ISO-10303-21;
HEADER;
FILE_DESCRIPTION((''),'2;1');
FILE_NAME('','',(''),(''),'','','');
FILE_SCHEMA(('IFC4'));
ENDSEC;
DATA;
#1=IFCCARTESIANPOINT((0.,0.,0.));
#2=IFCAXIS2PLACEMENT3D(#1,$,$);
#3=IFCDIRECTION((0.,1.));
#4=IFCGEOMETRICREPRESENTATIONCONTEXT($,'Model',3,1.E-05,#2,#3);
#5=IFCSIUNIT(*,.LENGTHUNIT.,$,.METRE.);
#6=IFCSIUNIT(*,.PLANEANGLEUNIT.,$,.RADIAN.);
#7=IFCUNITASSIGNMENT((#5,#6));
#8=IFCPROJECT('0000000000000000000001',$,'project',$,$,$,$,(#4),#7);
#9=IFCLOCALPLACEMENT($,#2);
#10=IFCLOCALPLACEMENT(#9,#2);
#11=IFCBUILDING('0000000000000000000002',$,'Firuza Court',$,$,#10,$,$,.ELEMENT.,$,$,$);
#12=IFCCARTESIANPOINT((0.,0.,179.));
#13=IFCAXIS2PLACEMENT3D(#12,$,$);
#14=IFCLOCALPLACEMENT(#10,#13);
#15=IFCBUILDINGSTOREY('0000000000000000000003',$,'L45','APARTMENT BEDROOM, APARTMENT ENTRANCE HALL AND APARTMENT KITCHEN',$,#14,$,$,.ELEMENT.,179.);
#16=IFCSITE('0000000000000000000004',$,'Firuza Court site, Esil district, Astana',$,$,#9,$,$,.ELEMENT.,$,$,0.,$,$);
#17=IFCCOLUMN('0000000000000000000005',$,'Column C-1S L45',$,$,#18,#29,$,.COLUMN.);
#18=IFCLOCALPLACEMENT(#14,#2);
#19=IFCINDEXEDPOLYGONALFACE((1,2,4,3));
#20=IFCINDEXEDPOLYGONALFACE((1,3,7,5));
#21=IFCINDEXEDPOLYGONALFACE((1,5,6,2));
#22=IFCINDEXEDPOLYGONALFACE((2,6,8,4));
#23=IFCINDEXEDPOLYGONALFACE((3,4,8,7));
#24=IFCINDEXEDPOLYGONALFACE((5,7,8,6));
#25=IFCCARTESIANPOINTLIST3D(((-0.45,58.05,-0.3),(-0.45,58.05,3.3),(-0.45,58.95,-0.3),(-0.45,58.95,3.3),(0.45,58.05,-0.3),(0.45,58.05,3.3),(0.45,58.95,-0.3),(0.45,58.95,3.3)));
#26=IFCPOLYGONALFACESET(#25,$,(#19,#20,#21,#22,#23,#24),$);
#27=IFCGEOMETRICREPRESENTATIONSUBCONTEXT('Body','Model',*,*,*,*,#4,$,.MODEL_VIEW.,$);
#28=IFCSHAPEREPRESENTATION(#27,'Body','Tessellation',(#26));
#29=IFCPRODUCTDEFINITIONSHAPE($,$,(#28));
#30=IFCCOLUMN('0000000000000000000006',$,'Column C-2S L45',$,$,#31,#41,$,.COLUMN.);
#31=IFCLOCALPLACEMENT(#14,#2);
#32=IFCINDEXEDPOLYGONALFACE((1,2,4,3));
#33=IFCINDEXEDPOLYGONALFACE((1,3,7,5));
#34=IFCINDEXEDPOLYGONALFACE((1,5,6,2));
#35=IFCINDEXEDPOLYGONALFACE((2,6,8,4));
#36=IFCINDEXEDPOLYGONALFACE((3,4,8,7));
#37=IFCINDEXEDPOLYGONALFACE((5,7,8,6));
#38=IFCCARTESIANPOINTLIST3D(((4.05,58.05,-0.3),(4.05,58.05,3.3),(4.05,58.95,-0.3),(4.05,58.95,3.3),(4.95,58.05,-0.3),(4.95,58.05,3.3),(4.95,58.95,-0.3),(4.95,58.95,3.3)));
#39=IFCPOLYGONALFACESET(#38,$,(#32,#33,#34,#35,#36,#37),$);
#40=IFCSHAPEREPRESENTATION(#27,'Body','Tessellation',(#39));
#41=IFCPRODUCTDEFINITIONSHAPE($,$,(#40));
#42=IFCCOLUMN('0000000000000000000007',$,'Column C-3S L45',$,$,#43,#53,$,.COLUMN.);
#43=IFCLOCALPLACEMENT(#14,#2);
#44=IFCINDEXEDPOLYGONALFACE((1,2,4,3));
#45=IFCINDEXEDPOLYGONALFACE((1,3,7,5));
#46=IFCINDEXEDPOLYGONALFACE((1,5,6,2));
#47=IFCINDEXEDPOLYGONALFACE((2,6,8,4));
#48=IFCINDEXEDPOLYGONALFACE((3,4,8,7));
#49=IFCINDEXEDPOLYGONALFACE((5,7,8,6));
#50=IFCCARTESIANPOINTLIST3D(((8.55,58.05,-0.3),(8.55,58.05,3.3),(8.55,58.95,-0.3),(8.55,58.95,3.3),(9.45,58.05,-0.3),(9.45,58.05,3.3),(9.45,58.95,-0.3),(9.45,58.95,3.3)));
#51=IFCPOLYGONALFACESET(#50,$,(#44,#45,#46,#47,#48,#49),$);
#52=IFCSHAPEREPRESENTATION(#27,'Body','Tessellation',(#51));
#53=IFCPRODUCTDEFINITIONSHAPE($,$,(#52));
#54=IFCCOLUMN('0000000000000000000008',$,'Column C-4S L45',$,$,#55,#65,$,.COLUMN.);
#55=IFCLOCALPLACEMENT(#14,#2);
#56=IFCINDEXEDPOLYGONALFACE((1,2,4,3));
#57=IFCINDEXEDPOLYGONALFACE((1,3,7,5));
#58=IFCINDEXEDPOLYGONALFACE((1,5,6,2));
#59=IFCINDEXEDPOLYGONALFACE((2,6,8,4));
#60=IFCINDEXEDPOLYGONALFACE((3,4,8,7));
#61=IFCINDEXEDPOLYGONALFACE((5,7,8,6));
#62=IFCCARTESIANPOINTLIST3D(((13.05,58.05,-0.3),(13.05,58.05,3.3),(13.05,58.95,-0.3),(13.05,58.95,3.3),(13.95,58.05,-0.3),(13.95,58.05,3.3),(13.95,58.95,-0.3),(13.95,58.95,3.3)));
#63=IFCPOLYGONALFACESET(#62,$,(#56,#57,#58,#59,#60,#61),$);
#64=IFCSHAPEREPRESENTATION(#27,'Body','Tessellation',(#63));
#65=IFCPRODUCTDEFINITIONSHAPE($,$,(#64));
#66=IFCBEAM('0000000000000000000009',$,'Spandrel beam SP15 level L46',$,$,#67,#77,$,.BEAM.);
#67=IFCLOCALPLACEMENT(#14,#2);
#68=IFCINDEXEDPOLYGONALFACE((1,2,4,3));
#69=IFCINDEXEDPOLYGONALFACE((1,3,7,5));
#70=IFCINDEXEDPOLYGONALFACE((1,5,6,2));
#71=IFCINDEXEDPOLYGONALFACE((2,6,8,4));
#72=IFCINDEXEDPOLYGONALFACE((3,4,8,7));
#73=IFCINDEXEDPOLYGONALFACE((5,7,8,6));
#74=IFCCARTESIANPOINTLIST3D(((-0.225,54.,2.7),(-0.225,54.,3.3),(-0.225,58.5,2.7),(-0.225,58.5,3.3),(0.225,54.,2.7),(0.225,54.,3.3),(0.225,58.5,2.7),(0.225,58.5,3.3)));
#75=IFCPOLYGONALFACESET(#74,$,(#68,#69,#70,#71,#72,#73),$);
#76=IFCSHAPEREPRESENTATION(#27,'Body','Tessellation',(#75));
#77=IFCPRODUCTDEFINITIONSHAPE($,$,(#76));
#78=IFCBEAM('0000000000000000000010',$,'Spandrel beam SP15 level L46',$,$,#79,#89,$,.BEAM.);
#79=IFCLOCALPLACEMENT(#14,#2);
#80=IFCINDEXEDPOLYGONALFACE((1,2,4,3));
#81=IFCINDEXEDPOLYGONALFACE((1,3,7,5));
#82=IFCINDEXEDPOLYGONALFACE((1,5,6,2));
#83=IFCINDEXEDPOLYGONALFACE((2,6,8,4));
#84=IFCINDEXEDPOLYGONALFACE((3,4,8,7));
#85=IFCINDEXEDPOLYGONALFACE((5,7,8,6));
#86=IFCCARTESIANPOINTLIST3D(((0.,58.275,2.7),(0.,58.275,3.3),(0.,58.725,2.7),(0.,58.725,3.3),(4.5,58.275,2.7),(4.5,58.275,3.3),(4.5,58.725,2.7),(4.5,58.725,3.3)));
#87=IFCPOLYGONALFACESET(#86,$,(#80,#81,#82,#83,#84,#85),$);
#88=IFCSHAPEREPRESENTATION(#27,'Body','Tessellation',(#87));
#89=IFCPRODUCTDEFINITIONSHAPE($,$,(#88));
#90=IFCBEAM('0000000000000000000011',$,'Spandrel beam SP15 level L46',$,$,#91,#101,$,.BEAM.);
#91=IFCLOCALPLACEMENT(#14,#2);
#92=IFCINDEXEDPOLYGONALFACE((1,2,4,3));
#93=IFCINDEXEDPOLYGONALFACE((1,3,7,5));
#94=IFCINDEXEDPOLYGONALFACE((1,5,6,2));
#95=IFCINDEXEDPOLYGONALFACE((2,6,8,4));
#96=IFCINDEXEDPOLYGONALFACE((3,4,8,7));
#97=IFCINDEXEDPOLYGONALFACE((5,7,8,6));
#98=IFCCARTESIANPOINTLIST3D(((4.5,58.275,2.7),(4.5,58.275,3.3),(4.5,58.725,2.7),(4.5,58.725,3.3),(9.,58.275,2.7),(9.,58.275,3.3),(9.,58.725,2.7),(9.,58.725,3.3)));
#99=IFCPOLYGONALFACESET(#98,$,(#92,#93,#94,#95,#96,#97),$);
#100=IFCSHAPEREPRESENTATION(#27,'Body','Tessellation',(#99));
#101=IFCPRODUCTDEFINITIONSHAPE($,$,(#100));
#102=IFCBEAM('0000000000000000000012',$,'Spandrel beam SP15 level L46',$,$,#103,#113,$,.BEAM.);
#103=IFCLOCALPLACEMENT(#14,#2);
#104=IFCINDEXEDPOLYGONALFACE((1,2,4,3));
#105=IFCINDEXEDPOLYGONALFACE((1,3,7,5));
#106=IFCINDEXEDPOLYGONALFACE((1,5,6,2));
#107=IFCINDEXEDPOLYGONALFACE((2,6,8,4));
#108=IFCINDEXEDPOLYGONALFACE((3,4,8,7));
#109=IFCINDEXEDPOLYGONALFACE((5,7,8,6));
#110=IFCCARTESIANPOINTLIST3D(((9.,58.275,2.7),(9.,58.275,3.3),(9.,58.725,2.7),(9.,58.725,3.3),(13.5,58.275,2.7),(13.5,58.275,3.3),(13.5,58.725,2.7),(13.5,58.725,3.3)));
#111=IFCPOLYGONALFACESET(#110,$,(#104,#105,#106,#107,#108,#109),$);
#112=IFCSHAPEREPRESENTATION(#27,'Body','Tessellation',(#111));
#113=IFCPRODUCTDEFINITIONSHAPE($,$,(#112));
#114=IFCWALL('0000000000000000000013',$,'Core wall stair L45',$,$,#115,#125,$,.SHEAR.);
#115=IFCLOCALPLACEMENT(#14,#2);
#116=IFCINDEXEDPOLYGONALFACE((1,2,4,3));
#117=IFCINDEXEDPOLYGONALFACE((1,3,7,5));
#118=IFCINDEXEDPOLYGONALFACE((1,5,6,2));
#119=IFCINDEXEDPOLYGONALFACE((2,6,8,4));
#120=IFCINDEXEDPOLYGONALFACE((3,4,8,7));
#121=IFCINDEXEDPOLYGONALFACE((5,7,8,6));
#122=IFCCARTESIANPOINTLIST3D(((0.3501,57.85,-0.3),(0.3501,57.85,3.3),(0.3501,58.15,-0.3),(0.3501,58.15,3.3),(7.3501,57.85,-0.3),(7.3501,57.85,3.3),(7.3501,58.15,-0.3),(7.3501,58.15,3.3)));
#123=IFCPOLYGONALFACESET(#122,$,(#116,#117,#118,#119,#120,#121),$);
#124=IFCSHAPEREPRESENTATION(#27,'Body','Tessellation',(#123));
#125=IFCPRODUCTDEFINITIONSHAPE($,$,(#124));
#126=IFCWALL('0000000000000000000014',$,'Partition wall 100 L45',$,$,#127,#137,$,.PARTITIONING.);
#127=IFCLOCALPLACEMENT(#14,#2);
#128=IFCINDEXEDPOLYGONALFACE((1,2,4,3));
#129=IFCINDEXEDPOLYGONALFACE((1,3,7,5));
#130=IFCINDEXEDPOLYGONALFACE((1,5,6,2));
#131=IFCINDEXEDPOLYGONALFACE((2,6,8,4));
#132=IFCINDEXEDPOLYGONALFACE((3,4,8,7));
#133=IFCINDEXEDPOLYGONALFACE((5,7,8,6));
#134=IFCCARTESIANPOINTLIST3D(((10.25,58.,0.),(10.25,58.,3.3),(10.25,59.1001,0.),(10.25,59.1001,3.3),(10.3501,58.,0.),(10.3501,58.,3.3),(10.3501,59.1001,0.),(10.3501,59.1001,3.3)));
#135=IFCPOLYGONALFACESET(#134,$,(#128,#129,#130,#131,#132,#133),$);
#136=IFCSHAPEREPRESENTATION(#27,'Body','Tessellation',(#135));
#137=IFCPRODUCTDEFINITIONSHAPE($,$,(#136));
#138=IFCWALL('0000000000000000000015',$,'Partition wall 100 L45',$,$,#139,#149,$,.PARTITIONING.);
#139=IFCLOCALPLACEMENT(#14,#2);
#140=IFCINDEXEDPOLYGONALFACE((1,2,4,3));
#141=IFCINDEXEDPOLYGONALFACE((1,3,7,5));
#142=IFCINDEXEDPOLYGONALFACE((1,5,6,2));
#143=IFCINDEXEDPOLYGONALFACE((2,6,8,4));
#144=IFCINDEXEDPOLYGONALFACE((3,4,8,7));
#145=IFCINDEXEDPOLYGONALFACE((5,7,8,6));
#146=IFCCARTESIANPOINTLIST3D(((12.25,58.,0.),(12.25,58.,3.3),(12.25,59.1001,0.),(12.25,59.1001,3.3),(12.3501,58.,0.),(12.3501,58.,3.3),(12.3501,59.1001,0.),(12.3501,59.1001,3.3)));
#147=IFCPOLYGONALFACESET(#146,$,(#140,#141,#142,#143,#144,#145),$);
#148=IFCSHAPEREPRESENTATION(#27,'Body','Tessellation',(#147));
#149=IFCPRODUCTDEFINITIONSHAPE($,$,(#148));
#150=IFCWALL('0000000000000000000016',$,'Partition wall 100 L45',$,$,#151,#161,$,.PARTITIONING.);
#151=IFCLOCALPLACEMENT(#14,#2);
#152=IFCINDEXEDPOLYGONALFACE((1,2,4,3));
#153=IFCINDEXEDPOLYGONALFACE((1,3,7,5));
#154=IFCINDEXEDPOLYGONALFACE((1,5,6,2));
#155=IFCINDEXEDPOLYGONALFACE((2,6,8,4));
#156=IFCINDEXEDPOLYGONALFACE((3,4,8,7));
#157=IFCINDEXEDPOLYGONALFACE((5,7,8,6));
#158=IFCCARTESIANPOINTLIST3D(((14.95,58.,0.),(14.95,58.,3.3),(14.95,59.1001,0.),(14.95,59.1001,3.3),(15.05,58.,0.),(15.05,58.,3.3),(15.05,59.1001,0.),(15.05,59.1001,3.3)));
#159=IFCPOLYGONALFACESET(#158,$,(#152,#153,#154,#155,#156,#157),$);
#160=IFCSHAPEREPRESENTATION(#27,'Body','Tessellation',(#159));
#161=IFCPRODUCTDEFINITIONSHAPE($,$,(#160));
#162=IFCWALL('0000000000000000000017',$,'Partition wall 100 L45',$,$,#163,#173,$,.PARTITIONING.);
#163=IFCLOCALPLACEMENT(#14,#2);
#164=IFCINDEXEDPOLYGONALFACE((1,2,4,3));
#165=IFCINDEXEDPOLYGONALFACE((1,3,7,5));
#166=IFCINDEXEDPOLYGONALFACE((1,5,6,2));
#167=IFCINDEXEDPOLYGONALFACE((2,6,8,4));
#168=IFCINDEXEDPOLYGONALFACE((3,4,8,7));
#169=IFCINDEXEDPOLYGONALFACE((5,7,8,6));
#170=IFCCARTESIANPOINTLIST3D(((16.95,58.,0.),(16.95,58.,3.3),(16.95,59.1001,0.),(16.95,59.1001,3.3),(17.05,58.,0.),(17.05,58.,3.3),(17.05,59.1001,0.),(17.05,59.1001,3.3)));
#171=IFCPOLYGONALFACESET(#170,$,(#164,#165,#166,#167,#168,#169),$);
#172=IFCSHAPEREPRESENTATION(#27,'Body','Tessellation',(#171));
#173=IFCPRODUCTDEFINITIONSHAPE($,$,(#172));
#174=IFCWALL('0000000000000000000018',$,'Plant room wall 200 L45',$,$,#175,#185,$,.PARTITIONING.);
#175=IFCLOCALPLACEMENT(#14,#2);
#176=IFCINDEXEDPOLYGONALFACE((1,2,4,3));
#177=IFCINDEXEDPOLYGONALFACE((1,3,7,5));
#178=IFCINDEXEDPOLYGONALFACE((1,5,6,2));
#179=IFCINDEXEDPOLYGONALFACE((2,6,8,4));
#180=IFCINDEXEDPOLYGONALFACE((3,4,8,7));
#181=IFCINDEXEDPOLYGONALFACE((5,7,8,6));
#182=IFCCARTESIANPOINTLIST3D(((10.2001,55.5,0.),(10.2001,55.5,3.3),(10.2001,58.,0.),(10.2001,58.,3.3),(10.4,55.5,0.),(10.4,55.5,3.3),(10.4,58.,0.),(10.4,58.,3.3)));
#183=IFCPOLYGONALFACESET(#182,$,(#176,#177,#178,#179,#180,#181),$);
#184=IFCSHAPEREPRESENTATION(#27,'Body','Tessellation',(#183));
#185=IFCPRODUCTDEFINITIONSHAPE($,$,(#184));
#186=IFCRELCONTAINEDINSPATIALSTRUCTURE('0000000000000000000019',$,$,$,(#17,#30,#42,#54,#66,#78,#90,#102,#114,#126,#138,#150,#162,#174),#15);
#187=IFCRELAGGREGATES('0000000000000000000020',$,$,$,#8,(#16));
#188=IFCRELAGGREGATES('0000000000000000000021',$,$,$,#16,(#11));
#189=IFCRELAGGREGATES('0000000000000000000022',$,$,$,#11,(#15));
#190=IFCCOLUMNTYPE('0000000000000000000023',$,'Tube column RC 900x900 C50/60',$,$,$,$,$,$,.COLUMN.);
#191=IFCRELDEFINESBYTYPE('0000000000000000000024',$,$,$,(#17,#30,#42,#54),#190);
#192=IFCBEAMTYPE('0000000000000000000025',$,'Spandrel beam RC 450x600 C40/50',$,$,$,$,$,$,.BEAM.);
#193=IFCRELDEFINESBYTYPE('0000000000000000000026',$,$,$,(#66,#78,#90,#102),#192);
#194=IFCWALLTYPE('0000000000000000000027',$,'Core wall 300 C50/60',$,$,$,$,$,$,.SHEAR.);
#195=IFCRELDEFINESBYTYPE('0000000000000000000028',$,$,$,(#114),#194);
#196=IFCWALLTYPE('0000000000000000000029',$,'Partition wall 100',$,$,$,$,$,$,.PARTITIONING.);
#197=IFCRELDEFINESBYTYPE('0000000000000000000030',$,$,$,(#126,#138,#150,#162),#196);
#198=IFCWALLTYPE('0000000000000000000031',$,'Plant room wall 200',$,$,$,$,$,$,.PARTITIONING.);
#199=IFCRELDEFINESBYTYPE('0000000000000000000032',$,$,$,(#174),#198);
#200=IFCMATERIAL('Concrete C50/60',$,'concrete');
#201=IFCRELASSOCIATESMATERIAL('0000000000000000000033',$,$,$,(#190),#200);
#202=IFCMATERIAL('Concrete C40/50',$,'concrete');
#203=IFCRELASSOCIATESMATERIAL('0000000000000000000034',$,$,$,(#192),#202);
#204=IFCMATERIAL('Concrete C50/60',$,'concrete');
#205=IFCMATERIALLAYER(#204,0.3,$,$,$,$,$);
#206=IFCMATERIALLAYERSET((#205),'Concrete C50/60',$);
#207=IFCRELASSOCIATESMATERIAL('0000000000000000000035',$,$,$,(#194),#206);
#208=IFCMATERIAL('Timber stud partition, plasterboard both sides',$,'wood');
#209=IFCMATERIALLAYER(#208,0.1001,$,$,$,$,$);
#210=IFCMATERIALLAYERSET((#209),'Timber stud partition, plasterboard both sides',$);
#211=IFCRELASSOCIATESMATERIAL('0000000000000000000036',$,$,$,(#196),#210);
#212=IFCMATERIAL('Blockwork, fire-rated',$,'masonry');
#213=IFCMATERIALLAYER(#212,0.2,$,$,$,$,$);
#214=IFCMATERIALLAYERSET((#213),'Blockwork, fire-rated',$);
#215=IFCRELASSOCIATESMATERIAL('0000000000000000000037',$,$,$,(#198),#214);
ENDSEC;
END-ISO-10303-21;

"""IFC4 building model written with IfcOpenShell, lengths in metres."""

from ifc_helpers import new_model, si_unit, direction, frame, frame_2d, origin, origin_2d, place, context, subcontext, project, spatial, rectangle, extrude, material, layer, layer_set, material_profile, profile_set, type_object, element, save


model = new_model("IFC4")

# Units and contexts
model_context = context("Model", 3, precision=1e-05, world=origin(), true_north=direction((0.0, 1.0)))
body_context = subcontext(model_context, "Body", "Model", "MODEL_VIEW")
ifc_project = project(units=[si_unit("LENGTHUNIT", "METRE"), si_unit("PLANEANGLEUNIT", "RADIAN")], contexts=[model_context])

# Site, building, storey
site_placement = place(None, origin())
site = spatial("IfcSite", under=ifc_project, at=site_placement, Name="Firuza Court site, Esil district, Astana", CompositionType="ELEMENT", RefElevation=0.0)
building_placement = place(site_placement, origin())
building = spatial("IfcBuilding", under=site, at=building_placement, Name="Firuza Court", CompositionType="ELEMENT")
storey_placement = place(building_placement, frame((0.0, 0.0, 179.0)))
storey = spatial("IfcBuildingStorey", under=building, at=storey_placement, Name="L45", Description="APARTMENT BEDROOM, APARTMENT ENTRANCE HALL AND APARTMENT KITCHEN", CompositionType="ELEMENT", Elevation=179.0)

# Columns
ifc_material_1 = material(Name="Concrete C50/60", Category="concrete")
ifc_material_profile_1 = material_profile(ifc_material_1, rectangle(XDim=0.8999, YDim=0.8999, at=origin_2d()), Name="RC 900x900")
ifc_profile_set_1 = profile_set([ifc_material_profile_1], Name="Concrete C50/60")
column_type = type_object("IfcColumnType", Name="Tube column RC 900x900 C50/60", PredefinedType="COLUMN", material=ifc_profile_set_1)
for number, where, z_axis, x_axis, name in (
    (1, (0.0, 58.5, -0.3), (0.0, 0.0, 1.0), (1.0, 0.0, 0.0), "Column C-1S L45"),
    (2, (4.5, 58.5, -0.3), (0.0, 0.0, 1.0), (1.0, 0.0, 0.0), "Column C-2S L45"),
    (3, (9.0, 58.5, -0.3), (0.0, 0.0, 1.0), (1.0, 0.0, 0.0), "Column C-3S L45"),
    (4, (13.5, 58.5, -0.3), (0.0, 0.0, 1.0), (1.0, 0.0, 0.0), "Column C-4S L45"),
):
    element("IfcColumn", number, at=place(storey_placement, frame(where, z_axis=z_axis, x_axis=x_axis)), inside=storey, type_object=column_type, Name=name, PredefinedType="COLUMN", context=body_context, shape_type="SweptSolid", body=[
        extrude(rectangle(XDim=0.8999, YDim=0.8999, at=origin_2d()), origin(), (0.0, 0.0, 1.0), 3.6001),
    ])

# Beams
ifc_material_2 = material(Name="Concrete C40/50", Category="concrete")
ifc_material_profile_2 = material_profile(ifc_material_2, rectangle(XDim=0.45, YDim=0.6001, at=origin_2d()), Name="RC 450x600")
ifc_profile_set_2 = profile_set([ifc_material_profile_2], Name="Concrete C40/50")
beam_type = type_object("IfcBeamType", Name="Spandrel beam RC 450x600 C40/50", PredefinedType="BEAM", material=ifc_profile_set_2)
for number, where, z_axis, x_axis, name in (
    (5, (0.0, 58.5, 3.0), (0.0, -1.0, 0.0), (1.0, 0.0, 0.0), "Spandrel beam SP15 level L46"),
    (6, (4.5, 58.5, 3.0), (-1.0, 0.0, 0.0), (0.0, -1.0, 0.0), "Spandrel beam SP15 level L46"),
    (7, (9.0, 58.5, 3.0), (-1.0, 0.0, 0.0), (0.0, -1.0, 0.0), "Spandrel beam SP15 level L46"),
    (8, (13.5, 58.5, 3.0), (-1.0, 0.0, 0.0), (0.0, -1.0, 0.0), "Spandrel beam SP15 level L46"),
):
    element("IfcBeam", number, at=place(storey_placement, frame(where, z_axis=z_axis, x_axis=x_axis)), inside=storey, type_object=beam_type, Name=name, PredefinedType="BEAM", context=body_context, shape_type="SweptSolid", body=[
        extrude(rectangle(XDim=0.45, YDim=0.6001, at=origin_2d()), origin(), (0.0, 0.0, 1.0), 4.5),
    ])

# Walls
ifc_material_3 = material(Name="Concrete C50/60", Category="concrete")
ifc_layer_1 = layer(ifc_material_3, 0.3)
ifc_layer_set_1 = layer_set([ifc_layer_1], Name="Concrete C50/60")
wall_type_1 = type_object("IfcWallType", Name="Core wall 300 C50/60", PredefinedType="SHEAR", material=ifc_layer_set_1)
wall_1_placement = place(storey_placement, frame((0.3501, 58.0, -0.3), z_axis=(0.0, 0.0, 1.0), x_axis=(1.0, 0.0, 0.0)))
element("IfcWall", 9, at=wall_1_placement, inside=storey, type_object=wall_type_1, Name="Core wall stair L45", PredefinedType="SHEAR", context=body_context, shape_type="SweptSolid", body=[
    extrude(rectangle(XDim=7.0, YDim=0.3, at=frame_2d((3.5, 0.0))), origin(), (0.0, 0.0, 1.0), 3.6001),
])
ifc_material_4 = material(Name="Timber stud partition, plasterboard both sides", Category="wood")
ifc_layer_2 = layer(ifc_material_4, 0.1001)
ifc_layer_set_2 = layer_set([ifc_layer_2], Name="Timber stud partition, plasterboard both sides")
wall_type_2 = type_object("IfcWallType", Name="Partition wall 100", PredefinedType="PARTITIONING", material=ifc_layer_set_2)
for number, where, z_axis, x_axis, name in (
    (10, (10.3, 58.0, 0.0), (0.0, 0.0, 1.0), (0.0, 1.0, 0.0), "Partition wall 100 L45"),
    (11, (12.3, 58.0, 0.0), (0.0, 0.0, 1.0), (0.0, 1.0, 0.0), "Partition wall 100 L45"),
    (12, (15.0, 58.0, 0.0), (0.0, 0.0, 1.0), (0.0, 1.0, 0.0), "Partition wall 100 L45"),
    (13, (17.0, 58.0, 0.0), (0.0, 0.0, 1.0), (0.0, 1.0, 0.0), "Partition wall 100 L45"),
):
    element("IfcWall", number, at=place(storey_placement, frame(where, z_axis=z_axis, x_axis=x_axis)), inside=storey, type_object=wall_type_2, Name=name, PredefinedType="PARTITIONING", context=body_context, shape_type="SweptSolid", body=[
        extrude(rectangle(XDim=1.1001, YDim=0.1001, at=frame_2d((0.55, 0.0))), origin(), (0.0, 0.0, 1.0), 3.3),
    ])
ifc_material_5 = material(Name="Blockwork, fire-rated", Category="masonry")
ifc_layer_3 = layer(ifc_material_5, 0.2)
ifc_layer_set_3 = layer_set([ifc_layer_3], Name="Blockwork, fire-rated")
wall_type_3 = type_object("IfcWallType", Name="Plant room wall 200", PredefinedType="PARTITIONING", material=ifc_layer_set_3)
wall_2_placement = place(storey_placement, frame((10.3, 55.5, 0.0), z_axis=(0.0, 0.0, 1.0), x_axis=(0.0, 1.0, 0.0)))
element("IfcWall", 14, at=wall_2_placement, inside=storey, type_object=wall_type_3, Name="Plant room wall 200 L45", PredefinedType="PARTITIONING", context=body_context, shape_type="SweptSolid", body=[
    extrude(rectangle(XDim=2.5, YDim=0.2, at=frame_2d((1.25, 0.0))), origin(), (0.0, 0.0, 1.0), 3.3),
])

save(model, "model.ifc")
